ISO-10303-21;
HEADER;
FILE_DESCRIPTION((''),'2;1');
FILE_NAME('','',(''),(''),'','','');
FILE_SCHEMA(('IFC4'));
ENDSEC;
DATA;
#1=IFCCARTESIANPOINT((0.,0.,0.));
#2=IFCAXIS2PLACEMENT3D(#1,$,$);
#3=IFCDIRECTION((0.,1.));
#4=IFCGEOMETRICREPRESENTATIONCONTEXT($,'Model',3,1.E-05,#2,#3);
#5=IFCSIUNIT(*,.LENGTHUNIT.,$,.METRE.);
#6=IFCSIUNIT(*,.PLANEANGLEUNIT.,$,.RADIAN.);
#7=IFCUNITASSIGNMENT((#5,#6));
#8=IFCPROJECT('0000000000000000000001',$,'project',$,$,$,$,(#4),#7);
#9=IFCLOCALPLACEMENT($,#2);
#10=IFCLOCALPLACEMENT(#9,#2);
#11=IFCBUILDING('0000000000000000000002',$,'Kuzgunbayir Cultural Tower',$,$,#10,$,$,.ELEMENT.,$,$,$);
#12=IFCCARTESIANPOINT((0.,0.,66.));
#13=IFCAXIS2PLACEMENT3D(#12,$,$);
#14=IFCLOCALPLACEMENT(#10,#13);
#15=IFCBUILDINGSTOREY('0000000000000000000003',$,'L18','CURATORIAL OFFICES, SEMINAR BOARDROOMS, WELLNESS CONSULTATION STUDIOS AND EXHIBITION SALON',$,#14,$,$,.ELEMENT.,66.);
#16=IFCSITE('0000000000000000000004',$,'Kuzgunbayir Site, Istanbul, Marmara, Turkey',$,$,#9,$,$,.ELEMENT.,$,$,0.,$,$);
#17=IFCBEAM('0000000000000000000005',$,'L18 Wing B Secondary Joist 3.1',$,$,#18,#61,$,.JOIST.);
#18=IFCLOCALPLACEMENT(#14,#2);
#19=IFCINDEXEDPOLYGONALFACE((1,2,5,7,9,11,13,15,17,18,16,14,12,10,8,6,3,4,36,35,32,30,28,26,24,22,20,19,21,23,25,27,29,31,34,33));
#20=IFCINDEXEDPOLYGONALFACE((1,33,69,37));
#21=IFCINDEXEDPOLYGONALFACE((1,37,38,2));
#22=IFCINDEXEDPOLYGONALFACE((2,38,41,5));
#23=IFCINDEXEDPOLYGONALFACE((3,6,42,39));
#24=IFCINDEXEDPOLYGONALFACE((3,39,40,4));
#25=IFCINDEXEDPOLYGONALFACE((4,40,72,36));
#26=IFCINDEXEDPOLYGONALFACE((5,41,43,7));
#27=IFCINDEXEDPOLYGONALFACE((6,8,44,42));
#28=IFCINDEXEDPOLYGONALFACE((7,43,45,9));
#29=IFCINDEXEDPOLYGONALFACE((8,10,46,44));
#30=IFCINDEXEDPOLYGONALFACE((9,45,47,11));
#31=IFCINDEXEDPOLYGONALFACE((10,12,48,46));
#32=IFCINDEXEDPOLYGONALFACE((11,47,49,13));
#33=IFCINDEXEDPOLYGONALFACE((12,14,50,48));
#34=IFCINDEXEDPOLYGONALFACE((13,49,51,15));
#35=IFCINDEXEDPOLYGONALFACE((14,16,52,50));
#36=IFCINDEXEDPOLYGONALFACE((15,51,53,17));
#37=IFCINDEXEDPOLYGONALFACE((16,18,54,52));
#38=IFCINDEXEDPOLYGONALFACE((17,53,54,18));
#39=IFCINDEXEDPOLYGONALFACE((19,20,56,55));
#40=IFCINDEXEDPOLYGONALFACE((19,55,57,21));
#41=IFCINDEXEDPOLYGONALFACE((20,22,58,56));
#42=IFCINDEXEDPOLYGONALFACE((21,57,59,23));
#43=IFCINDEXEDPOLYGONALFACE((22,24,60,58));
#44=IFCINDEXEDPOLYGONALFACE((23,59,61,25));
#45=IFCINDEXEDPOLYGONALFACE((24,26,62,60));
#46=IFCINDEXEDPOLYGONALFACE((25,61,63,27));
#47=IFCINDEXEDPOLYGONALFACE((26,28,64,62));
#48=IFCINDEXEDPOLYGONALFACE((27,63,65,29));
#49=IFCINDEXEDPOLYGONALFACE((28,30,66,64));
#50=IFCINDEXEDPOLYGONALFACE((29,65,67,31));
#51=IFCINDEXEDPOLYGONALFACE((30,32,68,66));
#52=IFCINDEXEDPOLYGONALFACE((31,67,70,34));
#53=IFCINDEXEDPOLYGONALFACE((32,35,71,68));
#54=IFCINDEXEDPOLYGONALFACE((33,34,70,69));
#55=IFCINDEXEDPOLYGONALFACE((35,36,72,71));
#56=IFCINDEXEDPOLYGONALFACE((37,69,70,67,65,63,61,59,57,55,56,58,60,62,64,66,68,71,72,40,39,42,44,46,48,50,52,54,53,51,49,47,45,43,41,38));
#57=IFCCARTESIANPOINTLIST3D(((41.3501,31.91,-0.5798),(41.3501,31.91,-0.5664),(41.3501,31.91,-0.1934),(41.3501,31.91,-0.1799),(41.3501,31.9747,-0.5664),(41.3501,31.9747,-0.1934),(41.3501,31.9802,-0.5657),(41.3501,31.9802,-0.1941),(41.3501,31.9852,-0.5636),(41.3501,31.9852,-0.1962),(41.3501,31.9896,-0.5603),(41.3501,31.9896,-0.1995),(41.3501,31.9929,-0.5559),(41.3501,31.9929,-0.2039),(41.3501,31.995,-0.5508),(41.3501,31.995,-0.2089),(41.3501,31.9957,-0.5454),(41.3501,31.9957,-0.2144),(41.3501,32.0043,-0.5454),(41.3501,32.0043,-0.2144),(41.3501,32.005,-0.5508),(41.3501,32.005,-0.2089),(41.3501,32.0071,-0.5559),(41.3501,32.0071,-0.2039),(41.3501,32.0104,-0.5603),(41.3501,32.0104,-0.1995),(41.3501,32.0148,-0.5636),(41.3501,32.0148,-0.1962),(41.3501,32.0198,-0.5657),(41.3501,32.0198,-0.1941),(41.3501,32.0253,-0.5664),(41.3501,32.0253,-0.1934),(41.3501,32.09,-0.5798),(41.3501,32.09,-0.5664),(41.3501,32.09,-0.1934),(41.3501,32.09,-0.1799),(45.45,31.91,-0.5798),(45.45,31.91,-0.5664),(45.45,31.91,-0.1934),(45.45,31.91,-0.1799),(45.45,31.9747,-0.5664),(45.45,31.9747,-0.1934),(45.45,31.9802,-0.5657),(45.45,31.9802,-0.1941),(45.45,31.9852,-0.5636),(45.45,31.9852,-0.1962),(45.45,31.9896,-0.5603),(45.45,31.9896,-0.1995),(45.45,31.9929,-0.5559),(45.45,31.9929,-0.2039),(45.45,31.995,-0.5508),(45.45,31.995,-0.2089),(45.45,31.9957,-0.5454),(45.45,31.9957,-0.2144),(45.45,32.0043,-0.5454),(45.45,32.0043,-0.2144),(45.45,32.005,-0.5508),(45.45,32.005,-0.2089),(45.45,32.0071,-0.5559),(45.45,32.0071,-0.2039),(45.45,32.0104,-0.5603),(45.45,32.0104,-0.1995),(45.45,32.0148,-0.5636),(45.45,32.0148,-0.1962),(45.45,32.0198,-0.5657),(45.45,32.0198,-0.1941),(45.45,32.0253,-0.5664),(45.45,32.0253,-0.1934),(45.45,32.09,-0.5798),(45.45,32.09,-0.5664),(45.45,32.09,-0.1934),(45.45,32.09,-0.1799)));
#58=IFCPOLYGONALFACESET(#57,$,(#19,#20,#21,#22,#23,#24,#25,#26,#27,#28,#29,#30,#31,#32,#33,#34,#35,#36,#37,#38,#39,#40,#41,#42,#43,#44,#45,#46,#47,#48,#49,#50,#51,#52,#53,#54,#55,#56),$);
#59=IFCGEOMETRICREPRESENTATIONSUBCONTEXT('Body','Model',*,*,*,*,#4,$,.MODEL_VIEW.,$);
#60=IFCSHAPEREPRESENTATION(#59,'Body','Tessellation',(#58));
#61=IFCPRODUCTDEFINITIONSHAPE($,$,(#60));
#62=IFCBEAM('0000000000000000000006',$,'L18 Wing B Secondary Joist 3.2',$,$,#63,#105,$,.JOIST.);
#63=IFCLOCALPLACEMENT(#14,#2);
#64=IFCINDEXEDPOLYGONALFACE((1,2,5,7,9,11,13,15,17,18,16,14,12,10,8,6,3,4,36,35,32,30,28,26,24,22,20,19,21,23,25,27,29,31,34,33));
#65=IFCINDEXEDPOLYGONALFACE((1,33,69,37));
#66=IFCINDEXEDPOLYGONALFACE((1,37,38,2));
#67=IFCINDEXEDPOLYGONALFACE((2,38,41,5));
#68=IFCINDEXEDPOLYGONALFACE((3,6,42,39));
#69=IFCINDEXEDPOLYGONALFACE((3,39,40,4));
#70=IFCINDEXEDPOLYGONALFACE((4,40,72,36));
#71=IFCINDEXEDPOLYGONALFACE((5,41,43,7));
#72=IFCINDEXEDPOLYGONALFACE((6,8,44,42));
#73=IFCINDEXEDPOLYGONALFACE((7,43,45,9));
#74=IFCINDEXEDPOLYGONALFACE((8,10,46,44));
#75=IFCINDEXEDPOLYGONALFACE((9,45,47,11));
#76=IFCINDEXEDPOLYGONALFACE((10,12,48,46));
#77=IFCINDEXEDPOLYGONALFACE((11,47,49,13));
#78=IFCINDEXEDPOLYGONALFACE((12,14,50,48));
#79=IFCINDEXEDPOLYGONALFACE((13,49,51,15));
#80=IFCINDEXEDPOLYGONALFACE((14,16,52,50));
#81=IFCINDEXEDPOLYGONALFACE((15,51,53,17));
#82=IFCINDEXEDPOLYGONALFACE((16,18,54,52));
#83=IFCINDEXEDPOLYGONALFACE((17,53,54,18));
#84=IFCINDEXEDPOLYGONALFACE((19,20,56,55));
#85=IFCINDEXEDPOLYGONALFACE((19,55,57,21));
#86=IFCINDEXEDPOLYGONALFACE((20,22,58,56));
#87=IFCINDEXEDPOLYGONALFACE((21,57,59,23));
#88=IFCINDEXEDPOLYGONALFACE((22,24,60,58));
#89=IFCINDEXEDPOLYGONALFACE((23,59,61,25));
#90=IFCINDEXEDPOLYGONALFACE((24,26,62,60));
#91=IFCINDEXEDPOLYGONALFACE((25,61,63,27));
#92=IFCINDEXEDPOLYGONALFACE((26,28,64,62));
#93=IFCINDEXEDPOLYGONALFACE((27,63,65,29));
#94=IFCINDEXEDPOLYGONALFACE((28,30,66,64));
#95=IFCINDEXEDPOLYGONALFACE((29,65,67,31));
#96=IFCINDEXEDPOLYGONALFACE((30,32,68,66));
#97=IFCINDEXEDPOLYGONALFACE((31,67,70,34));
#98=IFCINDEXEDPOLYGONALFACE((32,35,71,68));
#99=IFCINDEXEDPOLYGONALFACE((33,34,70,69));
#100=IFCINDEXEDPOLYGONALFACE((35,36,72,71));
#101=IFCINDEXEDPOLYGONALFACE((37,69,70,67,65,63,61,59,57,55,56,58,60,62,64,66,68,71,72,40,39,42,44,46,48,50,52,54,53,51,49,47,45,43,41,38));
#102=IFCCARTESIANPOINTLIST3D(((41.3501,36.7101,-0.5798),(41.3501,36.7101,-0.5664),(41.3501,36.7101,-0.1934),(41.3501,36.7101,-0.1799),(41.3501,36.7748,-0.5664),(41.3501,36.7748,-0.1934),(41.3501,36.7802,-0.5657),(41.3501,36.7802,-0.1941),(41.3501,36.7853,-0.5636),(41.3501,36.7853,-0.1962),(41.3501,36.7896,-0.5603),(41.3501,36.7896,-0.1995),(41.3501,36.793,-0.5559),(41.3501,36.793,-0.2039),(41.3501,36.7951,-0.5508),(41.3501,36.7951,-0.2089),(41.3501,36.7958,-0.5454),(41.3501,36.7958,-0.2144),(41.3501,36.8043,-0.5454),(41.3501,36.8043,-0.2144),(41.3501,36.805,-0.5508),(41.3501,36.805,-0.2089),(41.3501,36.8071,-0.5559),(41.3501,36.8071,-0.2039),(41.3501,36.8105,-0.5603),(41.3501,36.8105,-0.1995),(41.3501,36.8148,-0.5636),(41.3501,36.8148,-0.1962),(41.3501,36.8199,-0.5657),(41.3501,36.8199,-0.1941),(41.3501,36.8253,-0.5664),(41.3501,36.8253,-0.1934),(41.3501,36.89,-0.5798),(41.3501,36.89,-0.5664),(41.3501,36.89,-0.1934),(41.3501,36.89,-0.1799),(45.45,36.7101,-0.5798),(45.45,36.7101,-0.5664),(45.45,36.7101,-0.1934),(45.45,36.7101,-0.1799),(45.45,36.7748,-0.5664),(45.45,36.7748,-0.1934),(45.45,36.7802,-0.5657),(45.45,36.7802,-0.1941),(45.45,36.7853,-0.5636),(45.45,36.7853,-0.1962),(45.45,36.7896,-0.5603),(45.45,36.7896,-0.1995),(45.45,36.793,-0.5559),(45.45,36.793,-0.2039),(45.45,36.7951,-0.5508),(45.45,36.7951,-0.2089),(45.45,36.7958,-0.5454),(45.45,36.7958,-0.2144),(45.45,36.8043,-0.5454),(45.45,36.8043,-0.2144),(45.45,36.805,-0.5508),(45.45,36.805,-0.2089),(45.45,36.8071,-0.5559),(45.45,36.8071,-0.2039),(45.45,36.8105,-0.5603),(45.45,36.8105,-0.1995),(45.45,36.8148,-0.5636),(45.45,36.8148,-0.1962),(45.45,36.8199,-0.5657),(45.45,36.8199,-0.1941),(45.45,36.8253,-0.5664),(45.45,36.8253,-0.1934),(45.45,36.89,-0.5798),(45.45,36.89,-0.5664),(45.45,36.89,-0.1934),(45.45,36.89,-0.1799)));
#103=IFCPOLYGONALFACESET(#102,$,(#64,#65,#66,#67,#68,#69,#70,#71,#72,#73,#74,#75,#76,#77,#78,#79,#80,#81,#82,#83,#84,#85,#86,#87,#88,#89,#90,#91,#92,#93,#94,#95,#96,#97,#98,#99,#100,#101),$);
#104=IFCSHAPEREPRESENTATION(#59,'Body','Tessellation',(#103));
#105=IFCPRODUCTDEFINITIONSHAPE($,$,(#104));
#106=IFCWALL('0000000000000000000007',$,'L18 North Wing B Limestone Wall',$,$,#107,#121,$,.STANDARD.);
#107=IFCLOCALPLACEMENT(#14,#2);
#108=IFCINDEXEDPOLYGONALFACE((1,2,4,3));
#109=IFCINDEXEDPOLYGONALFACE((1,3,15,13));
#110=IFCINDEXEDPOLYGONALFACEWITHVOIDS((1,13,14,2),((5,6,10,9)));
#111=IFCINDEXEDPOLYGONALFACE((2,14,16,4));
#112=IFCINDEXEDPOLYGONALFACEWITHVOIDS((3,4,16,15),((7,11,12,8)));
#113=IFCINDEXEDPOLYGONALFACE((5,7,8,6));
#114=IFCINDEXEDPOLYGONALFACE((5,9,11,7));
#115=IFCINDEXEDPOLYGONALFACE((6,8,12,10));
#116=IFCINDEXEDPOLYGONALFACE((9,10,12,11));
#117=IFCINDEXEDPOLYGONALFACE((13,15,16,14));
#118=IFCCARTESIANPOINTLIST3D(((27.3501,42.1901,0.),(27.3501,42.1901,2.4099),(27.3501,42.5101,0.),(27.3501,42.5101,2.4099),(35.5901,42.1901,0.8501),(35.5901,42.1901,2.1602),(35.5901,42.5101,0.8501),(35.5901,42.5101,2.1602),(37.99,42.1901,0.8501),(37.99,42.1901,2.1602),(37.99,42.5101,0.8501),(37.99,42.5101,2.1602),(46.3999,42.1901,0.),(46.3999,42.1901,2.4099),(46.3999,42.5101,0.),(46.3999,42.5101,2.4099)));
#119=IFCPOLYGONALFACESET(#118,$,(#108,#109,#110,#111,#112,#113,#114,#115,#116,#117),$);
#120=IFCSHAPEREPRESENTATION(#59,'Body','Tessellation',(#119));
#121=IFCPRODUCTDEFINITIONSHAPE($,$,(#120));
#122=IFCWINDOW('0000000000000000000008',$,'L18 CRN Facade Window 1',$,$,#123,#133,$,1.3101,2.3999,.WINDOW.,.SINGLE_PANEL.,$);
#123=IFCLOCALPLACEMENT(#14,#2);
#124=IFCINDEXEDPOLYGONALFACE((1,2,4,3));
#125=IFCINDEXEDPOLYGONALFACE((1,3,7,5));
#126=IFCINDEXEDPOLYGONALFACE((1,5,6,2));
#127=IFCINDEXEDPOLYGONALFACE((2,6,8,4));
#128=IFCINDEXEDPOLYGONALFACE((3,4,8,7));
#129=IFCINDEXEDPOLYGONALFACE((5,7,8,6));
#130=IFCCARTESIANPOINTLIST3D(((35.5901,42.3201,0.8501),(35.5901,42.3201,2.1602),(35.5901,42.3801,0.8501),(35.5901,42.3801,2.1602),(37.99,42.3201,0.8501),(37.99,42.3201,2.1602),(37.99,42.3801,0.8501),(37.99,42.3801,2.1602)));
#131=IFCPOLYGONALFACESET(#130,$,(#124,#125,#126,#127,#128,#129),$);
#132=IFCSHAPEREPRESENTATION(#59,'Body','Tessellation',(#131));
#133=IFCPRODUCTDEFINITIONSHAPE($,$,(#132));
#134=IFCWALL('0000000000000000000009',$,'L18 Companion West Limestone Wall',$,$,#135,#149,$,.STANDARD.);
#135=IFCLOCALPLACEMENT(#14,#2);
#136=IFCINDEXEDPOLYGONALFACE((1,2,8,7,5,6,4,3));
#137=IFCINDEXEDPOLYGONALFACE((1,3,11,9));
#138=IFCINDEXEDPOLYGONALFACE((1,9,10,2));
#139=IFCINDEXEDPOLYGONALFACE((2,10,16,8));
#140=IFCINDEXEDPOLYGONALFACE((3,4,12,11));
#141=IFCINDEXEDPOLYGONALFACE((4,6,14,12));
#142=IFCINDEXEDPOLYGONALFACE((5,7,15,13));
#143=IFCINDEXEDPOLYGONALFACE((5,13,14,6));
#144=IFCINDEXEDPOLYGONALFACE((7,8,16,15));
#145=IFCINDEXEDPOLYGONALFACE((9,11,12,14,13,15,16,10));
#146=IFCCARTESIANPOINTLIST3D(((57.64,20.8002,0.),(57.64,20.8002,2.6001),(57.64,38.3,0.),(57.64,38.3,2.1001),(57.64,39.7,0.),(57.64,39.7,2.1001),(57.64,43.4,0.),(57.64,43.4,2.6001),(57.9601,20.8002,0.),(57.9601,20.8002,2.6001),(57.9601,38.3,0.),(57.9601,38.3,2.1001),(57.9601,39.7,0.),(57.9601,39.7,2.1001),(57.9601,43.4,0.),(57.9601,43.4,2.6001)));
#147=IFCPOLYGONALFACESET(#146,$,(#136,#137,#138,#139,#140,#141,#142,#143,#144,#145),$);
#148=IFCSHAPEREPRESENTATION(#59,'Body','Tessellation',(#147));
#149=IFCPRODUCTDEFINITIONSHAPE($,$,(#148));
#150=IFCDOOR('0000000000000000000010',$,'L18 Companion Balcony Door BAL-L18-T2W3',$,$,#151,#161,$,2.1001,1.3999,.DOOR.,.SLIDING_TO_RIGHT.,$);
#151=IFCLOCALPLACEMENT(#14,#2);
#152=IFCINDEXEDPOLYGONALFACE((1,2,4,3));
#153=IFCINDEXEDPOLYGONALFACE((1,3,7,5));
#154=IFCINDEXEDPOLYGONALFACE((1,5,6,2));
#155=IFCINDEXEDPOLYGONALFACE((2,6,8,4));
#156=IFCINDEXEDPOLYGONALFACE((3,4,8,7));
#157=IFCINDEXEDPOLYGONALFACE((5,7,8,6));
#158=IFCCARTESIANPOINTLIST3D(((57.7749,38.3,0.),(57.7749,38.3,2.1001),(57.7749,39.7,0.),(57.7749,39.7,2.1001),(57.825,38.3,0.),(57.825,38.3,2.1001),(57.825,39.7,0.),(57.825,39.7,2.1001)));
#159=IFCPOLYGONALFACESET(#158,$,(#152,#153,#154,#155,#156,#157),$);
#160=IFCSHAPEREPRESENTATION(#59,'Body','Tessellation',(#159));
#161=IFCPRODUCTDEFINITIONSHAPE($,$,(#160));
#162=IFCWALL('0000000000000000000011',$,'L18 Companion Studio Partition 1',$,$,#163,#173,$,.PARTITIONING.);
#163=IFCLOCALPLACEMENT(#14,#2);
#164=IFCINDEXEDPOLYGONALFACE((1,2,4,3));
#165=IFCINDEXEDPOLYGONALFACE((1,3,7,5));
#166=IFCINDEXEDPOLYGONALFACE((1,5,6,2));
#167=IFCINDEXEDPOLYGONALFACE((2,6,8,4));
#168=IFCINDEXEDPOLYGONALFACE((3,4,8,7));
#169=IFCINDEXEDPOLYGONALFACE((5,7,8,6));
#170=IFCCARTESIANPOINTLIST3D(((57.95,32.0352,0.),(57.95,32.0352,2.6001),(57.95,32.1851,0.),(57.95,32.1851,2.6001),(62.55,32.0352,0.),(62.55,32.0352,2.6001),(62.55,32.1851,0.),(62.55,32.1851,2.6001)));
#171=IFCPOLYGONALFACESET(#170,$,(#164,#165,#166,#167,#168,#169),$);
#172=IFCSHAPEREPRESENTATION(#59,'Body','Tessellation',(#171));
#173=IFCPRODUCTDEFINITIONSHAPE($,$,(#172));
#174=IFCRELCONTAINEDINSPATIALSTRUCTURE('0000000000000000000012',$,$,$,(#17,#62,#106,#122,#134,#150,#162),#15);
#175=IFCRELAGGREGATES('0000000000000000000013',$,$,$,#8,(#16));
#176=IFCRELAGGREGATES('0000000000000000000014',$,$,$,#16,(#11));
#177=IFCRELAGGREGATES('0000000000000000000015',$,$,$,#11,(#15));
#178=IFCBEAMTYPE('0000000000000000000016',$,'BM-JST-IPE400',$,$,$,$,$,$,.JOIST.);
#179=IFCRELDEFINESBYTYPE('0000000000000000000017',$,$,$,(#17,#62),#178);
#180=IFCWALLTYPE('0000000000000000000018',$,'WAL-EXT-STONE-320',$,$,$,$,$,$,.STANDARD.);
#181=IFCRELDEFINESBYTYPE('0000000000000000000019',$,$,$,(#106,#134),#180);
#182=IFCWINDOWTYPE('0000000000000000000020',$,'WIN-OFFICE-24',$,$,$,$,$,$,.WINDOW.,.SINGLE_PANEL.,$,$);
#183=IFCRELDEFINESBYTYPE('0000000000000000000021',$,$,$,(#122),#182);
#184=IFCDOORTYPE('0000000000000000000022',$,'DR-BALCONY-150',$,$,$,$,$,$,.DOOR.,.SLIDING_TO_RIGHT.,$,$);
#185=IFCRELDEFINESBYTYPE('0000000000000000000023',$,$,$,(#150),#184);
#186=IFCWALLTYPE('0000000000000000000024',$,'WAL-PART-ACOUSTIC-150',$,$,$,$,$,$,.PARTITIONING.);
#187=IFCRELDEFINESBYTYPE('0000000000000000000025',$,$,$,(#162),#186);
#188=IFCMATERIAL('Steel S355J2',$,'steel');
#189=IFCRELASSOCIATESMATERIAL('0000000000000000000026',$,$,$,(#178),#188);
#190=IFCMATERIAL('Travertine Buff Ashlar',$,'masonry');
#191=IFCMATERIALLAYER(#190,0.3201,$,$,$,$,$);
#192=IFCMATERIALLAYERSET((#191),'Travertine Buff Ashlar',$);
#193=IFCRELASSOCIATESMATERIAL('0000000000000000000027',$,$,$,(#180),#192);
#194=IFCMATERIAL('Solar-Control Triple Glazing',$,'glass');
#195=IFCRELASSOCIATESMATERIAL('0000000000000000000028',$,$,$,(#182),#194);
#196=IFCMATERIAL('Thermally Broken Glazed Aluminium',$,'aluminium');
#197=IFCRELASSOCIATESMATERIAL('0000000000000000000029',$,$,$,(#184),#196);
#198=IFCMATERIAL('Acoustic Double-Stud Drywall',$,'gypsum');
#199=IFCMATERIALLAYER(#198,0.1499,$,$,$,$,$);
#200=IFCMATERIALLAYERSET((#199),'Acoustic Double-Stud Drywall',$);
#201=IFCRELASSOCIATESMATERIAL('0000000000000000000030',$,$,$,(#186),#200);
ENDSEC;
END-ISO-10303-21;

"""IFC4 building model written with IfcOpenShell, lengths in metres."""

from ifc_helpers import new_model, si_unit, direction, frame, frame_2d, origin, origin_2d, place, context, subcontext, project, spatial, rectangle, i_section, extrude, material, layer, layer_set, material_profile, profile_set, type_object, element, fill, save


model = new_model("IFC4")

# Units and contexts
model_context = context("Model", 3, precision=1e-05, world=origin(), true_north=direction((0.0, 1.0)))
body_context = subcontext(model_context, "Body", "Model", "MODEL_VIEW")
ifc_project = project(units=[si_unit("LENGTHUNIT", "METRE"), si_unit("PLANEANGLEUNIT", "RADIAN")], contexts=[model_context])

# Site, building, storey
site_placement = place(None, origin())
site = spatial("IfcSite", under=ifc_project, at=site_placement, Name="Kuzgunbayir Site, Istanbul, Marmara, Turkey", CompositionType="ELEMENT", RefElevation=0.0)
building_placement = place(site_placement, origin())
building = spatial("IfcBuilding", under=site, at=building_placement, Name="Kuzgunbayir Cultural Tower", CompositionType="ELEMENT")
storey_placement = place(building_placement, frame((0.0, 0.0, 66.0)))
storey = spatial("IfcBuildingStorey", under=building, at=storey_placement, Name="L18", Description="CURATORIAL OFFICES, SEMINAR BOARDROOMS, WELLNESS CONSULTATION STUDIOS AND EXHIBITION SALON", CompositionType="ELEMENT", Elevation=66.0)

# Beams
ifc_material_1 = material(Name="Steel S355J2", Category="steel")
ifc_material_profile_1 = material_profile(ifc_material_1, i_section(OverallWidth=0.1799, OverallDepth=0.3999, WebThickness=0.0085, FlangeThickness=0.0134, FilletRadius=0.021, at=origin_2d()), Name="IPE 400")
ifc_profile_set_1 = profile_set([ifc_material_profile_1], Name="Steel S355J2")
beam_type_1 = type_object("IfcBeamType", Name="BM-JST-IPE400", PredefinedType="JOIST", material=ifc_profile_set_1)
for number, where, z_axis, x_axis, name in (
    (1, (41.3501, 32.0, -0.3799), (1.0, 0.0, 0.0), (0.0, 1.0, 0.0), "L18 Wing B Secondary Joist 3.1"),
    (2, (41.3501, 36.8, -0.3799), (1.0, 0.0, 0.0), (0.0, 1.0, 0.0), "L18 Wing B Secondary Joist 3.2"),
):
    element("IfcBeam", number, at=place(storey_placement, frame(where, z_axis=z_axis, x_axis=x_axis)), inside=storey, type_object=beam_type_1, Name=name, PredefinedType="JOIST", context=body_context, shape_type="SweptSolid", body=[
        extrude(i_section(OverallWidth=0.1799, OverallDepth=0.3999, WebThickness=0.0085, FlangeThickness=0.0134, FilletRadius=0.021, at=origin_2d()), origin(), (0.0, 0.0, 1.0), 4.0999),
    ])

# Wall, opening, window
ifc_material_2 = material(Name="Travertine Buff Ashlar", Category="masonry")
ifc_layer_1 = layer(ifc_material_2, 0.3201)
ifc_layer_set_1 = layer_set([ifc_layer_1], Name="Travertine Buff Ashlar")
wall_type_1 = type_object("IfcWallType", Name="WAL-EXT-STONE-320", PredefinedType="STANDARD", material=ifc_layer_set_1)
wall_1_placement = place(storey_placement, frame((46.3999, 42.3501, 0.0), z_axis=(0.0, 0.0, 1.0), x_axis=(-1.0, 0.0, 0.0)))
wall_1 = element("IfcWall", 3, at=wall_1_placement, inside=storey, type_object=wall_type_1, Name="L18 North Wing B Limestone Wall", PredefinedType="STANDARD", context=body_context, shape_type="SweptSolid", body=[
    extrude(rectangle(XDim=19.0498, YDim=0.3201, at=frame_2d((9.5249, 0.0))), origin(), (0.0, 0.0, 1.0), 2.4099),
])
opening_1_placement = place(wall_1_placement, frame((8.4099, 0.0, 0.8501)))
opening_1 = element("IfcOpeningElement", 4, at=opening_1_placement, cuts=wall_1, PredefinedType="OPENING", context=body_context, shape_type="SweptSolid", body=[
    extrude(rectangle(XDim=2.3999, YDim=1.3101, at=frame_2d((1.2, 0.655))), frame((0.0, 0.1699, 0.0), z_axis=(0.0, -1.0, 0.0), x_axis=(1.0, 0.0, 0.0)), (0.0, 0.0, 1.0), 0.3401),
])
ifc_material_3 = material(Name="Solar-Control Triple Glazing", Category="glass")
window_type = type_object("IfcWindowType", Name="WIN-OFFICE-24", PartitioningType="SINGLE_PANEL", PredefinedType="WINDOW", material=ifc_material_3)
window_placement = place(opening_1_placement, origin())
window = element("IfcWindow", 5, at=window_placement, inside=storey, type_object=window_type, Name="L18 CRN Facade Window 1", OverallHeight=1.3101, OverallWidth=2.3999, PartitioningType="SINGLE_PANEL", PredefinedType="WINDOW", context=body_context, shape_type="SweptSolid", body=[
    extrude(rectangle(XDim=2.3999, YDim=1.3101, at=frame_2d((1.2, 0.655))), frame((0.0, 0.03, 0.0), z_axis=(0.0, -1.0, 0.0), x_axis=(1.0, 0.0, 0.0)), (0.0, 0.0, 1.0), 0.0601),
])
fill(opening_1, window)

# Wall, opening, door
wall_2_placement = place(storey_placement, frame((57.8, 43.3999, 0.0), z_axis=(0.0, 0.0, 1.0), x_axis=(0.0, -1.0, 0.0)))
wall_2 = element("IfcWall", 6, at=wall_2_placement, inside=storey, type_object=wall_type_1, Name="L18 Companion West Limestone Wall", PredefinedType="STANDARD", context=body_context, shape_type="SweptSolid", body=[
    extrude(rectangle(XDim=22.5999, YDim=0.3201, at=frame_2d((11.2998, 0.0))), origin(), (0.0, 0.0, 1.0), 2.6001),
])
opening_2_placement = place(wall_2_placement, frame((3.7, 0.0, 0.0)))
opening_2 = element("IfcOpeningElement", 7, at=opening_2_placement, cuts=wall_2, PredefinedType="OPENING", context=body_context, shape_type="SweptSolid", body=[
    extrude(rectangle(XDim=1.3999, YDim=2.1001, at=frame_2d((0.7, 1.05))), frame((0.0, 0.1699, 0.0), z_axis=(0.0, -1.0, 0.0), x_axis=(1.0, 0.0, 0.0)), (0.0, 0.0, 1.0), 0.3401),
])
ifc_material_4 = material(Name="Thermally Broken Glazed Aluminium", Category="aluminium")
door_type = type_object("IfcDoorType", Name="DR-BALCONY-150", OperationType="SLIDING_TO_RIGHT", PredefinedType="DOOR", material=ifc_material_4)
door_placement = place(opening_2_placement, origin())
door = element("IfcDoor", 8, at=door_placement, inside=storey, type_object=door_type, Name="L18 Companion Balcony Door BAL-L18-T2W3", OperationType="SLIDING_TO_RIGHT", OverallHeight=2.1001, OverallWidth=1.3999, PredefinedType="DOOR", context=body_context, shape_type="SweptSolid", body=[
    extrude(rectangle(XDim=1.3999, YDim=2.1001, at=frame_2d((0.7, 1.05))), frame((0.0, 0.0249, 0.0), z_axis=(0.0, -1.0, 0.0), x_axis=(1.0, 0.0, 0.0)), (0.0, 0.0, 1.0), 0.05),
])
fill(opening_2, door)

# Wall
ifc_material_5 = material(Name="Acoustic Double-Stud Drywall", Category="gypsum")
ifc_layer_2 = layer(ifc_material_5, 0.1499)
ifc_layer_set_2 = layer_set([ifc_layer_2], Name="Acoustic Double-Stud Drywall")
wall_type_2 = type_object("IfcWallType", Name="WAL-PART-ACOUSTIC-150", PredefinedType="PARTITIONING", material=ifc_layer_set_2)
wall_3_placement = place(storey_placement, frame((57.95, 32.1101, 0.0), z_axis=(0.0, 0.0, 1.0), x_axis=(1.0, 0.0, 0.0)))
element("IfcWall", 9, at=wall_3_placement, inside=storey, type_object=wall_type_2, Name="L18 Companion Studio Partition 1", PredefinedType="PARTITIONING", context=body_context, shape_type="SweptSolid", body=[
    extrude(rectangle(XDim=4.6001, YDim=0.1499, at=frame_2d((2.3, 0.0))), origin(), (0.0, 0.0, 1.0), 2.6001),
])

save(model, "model.ifc")
